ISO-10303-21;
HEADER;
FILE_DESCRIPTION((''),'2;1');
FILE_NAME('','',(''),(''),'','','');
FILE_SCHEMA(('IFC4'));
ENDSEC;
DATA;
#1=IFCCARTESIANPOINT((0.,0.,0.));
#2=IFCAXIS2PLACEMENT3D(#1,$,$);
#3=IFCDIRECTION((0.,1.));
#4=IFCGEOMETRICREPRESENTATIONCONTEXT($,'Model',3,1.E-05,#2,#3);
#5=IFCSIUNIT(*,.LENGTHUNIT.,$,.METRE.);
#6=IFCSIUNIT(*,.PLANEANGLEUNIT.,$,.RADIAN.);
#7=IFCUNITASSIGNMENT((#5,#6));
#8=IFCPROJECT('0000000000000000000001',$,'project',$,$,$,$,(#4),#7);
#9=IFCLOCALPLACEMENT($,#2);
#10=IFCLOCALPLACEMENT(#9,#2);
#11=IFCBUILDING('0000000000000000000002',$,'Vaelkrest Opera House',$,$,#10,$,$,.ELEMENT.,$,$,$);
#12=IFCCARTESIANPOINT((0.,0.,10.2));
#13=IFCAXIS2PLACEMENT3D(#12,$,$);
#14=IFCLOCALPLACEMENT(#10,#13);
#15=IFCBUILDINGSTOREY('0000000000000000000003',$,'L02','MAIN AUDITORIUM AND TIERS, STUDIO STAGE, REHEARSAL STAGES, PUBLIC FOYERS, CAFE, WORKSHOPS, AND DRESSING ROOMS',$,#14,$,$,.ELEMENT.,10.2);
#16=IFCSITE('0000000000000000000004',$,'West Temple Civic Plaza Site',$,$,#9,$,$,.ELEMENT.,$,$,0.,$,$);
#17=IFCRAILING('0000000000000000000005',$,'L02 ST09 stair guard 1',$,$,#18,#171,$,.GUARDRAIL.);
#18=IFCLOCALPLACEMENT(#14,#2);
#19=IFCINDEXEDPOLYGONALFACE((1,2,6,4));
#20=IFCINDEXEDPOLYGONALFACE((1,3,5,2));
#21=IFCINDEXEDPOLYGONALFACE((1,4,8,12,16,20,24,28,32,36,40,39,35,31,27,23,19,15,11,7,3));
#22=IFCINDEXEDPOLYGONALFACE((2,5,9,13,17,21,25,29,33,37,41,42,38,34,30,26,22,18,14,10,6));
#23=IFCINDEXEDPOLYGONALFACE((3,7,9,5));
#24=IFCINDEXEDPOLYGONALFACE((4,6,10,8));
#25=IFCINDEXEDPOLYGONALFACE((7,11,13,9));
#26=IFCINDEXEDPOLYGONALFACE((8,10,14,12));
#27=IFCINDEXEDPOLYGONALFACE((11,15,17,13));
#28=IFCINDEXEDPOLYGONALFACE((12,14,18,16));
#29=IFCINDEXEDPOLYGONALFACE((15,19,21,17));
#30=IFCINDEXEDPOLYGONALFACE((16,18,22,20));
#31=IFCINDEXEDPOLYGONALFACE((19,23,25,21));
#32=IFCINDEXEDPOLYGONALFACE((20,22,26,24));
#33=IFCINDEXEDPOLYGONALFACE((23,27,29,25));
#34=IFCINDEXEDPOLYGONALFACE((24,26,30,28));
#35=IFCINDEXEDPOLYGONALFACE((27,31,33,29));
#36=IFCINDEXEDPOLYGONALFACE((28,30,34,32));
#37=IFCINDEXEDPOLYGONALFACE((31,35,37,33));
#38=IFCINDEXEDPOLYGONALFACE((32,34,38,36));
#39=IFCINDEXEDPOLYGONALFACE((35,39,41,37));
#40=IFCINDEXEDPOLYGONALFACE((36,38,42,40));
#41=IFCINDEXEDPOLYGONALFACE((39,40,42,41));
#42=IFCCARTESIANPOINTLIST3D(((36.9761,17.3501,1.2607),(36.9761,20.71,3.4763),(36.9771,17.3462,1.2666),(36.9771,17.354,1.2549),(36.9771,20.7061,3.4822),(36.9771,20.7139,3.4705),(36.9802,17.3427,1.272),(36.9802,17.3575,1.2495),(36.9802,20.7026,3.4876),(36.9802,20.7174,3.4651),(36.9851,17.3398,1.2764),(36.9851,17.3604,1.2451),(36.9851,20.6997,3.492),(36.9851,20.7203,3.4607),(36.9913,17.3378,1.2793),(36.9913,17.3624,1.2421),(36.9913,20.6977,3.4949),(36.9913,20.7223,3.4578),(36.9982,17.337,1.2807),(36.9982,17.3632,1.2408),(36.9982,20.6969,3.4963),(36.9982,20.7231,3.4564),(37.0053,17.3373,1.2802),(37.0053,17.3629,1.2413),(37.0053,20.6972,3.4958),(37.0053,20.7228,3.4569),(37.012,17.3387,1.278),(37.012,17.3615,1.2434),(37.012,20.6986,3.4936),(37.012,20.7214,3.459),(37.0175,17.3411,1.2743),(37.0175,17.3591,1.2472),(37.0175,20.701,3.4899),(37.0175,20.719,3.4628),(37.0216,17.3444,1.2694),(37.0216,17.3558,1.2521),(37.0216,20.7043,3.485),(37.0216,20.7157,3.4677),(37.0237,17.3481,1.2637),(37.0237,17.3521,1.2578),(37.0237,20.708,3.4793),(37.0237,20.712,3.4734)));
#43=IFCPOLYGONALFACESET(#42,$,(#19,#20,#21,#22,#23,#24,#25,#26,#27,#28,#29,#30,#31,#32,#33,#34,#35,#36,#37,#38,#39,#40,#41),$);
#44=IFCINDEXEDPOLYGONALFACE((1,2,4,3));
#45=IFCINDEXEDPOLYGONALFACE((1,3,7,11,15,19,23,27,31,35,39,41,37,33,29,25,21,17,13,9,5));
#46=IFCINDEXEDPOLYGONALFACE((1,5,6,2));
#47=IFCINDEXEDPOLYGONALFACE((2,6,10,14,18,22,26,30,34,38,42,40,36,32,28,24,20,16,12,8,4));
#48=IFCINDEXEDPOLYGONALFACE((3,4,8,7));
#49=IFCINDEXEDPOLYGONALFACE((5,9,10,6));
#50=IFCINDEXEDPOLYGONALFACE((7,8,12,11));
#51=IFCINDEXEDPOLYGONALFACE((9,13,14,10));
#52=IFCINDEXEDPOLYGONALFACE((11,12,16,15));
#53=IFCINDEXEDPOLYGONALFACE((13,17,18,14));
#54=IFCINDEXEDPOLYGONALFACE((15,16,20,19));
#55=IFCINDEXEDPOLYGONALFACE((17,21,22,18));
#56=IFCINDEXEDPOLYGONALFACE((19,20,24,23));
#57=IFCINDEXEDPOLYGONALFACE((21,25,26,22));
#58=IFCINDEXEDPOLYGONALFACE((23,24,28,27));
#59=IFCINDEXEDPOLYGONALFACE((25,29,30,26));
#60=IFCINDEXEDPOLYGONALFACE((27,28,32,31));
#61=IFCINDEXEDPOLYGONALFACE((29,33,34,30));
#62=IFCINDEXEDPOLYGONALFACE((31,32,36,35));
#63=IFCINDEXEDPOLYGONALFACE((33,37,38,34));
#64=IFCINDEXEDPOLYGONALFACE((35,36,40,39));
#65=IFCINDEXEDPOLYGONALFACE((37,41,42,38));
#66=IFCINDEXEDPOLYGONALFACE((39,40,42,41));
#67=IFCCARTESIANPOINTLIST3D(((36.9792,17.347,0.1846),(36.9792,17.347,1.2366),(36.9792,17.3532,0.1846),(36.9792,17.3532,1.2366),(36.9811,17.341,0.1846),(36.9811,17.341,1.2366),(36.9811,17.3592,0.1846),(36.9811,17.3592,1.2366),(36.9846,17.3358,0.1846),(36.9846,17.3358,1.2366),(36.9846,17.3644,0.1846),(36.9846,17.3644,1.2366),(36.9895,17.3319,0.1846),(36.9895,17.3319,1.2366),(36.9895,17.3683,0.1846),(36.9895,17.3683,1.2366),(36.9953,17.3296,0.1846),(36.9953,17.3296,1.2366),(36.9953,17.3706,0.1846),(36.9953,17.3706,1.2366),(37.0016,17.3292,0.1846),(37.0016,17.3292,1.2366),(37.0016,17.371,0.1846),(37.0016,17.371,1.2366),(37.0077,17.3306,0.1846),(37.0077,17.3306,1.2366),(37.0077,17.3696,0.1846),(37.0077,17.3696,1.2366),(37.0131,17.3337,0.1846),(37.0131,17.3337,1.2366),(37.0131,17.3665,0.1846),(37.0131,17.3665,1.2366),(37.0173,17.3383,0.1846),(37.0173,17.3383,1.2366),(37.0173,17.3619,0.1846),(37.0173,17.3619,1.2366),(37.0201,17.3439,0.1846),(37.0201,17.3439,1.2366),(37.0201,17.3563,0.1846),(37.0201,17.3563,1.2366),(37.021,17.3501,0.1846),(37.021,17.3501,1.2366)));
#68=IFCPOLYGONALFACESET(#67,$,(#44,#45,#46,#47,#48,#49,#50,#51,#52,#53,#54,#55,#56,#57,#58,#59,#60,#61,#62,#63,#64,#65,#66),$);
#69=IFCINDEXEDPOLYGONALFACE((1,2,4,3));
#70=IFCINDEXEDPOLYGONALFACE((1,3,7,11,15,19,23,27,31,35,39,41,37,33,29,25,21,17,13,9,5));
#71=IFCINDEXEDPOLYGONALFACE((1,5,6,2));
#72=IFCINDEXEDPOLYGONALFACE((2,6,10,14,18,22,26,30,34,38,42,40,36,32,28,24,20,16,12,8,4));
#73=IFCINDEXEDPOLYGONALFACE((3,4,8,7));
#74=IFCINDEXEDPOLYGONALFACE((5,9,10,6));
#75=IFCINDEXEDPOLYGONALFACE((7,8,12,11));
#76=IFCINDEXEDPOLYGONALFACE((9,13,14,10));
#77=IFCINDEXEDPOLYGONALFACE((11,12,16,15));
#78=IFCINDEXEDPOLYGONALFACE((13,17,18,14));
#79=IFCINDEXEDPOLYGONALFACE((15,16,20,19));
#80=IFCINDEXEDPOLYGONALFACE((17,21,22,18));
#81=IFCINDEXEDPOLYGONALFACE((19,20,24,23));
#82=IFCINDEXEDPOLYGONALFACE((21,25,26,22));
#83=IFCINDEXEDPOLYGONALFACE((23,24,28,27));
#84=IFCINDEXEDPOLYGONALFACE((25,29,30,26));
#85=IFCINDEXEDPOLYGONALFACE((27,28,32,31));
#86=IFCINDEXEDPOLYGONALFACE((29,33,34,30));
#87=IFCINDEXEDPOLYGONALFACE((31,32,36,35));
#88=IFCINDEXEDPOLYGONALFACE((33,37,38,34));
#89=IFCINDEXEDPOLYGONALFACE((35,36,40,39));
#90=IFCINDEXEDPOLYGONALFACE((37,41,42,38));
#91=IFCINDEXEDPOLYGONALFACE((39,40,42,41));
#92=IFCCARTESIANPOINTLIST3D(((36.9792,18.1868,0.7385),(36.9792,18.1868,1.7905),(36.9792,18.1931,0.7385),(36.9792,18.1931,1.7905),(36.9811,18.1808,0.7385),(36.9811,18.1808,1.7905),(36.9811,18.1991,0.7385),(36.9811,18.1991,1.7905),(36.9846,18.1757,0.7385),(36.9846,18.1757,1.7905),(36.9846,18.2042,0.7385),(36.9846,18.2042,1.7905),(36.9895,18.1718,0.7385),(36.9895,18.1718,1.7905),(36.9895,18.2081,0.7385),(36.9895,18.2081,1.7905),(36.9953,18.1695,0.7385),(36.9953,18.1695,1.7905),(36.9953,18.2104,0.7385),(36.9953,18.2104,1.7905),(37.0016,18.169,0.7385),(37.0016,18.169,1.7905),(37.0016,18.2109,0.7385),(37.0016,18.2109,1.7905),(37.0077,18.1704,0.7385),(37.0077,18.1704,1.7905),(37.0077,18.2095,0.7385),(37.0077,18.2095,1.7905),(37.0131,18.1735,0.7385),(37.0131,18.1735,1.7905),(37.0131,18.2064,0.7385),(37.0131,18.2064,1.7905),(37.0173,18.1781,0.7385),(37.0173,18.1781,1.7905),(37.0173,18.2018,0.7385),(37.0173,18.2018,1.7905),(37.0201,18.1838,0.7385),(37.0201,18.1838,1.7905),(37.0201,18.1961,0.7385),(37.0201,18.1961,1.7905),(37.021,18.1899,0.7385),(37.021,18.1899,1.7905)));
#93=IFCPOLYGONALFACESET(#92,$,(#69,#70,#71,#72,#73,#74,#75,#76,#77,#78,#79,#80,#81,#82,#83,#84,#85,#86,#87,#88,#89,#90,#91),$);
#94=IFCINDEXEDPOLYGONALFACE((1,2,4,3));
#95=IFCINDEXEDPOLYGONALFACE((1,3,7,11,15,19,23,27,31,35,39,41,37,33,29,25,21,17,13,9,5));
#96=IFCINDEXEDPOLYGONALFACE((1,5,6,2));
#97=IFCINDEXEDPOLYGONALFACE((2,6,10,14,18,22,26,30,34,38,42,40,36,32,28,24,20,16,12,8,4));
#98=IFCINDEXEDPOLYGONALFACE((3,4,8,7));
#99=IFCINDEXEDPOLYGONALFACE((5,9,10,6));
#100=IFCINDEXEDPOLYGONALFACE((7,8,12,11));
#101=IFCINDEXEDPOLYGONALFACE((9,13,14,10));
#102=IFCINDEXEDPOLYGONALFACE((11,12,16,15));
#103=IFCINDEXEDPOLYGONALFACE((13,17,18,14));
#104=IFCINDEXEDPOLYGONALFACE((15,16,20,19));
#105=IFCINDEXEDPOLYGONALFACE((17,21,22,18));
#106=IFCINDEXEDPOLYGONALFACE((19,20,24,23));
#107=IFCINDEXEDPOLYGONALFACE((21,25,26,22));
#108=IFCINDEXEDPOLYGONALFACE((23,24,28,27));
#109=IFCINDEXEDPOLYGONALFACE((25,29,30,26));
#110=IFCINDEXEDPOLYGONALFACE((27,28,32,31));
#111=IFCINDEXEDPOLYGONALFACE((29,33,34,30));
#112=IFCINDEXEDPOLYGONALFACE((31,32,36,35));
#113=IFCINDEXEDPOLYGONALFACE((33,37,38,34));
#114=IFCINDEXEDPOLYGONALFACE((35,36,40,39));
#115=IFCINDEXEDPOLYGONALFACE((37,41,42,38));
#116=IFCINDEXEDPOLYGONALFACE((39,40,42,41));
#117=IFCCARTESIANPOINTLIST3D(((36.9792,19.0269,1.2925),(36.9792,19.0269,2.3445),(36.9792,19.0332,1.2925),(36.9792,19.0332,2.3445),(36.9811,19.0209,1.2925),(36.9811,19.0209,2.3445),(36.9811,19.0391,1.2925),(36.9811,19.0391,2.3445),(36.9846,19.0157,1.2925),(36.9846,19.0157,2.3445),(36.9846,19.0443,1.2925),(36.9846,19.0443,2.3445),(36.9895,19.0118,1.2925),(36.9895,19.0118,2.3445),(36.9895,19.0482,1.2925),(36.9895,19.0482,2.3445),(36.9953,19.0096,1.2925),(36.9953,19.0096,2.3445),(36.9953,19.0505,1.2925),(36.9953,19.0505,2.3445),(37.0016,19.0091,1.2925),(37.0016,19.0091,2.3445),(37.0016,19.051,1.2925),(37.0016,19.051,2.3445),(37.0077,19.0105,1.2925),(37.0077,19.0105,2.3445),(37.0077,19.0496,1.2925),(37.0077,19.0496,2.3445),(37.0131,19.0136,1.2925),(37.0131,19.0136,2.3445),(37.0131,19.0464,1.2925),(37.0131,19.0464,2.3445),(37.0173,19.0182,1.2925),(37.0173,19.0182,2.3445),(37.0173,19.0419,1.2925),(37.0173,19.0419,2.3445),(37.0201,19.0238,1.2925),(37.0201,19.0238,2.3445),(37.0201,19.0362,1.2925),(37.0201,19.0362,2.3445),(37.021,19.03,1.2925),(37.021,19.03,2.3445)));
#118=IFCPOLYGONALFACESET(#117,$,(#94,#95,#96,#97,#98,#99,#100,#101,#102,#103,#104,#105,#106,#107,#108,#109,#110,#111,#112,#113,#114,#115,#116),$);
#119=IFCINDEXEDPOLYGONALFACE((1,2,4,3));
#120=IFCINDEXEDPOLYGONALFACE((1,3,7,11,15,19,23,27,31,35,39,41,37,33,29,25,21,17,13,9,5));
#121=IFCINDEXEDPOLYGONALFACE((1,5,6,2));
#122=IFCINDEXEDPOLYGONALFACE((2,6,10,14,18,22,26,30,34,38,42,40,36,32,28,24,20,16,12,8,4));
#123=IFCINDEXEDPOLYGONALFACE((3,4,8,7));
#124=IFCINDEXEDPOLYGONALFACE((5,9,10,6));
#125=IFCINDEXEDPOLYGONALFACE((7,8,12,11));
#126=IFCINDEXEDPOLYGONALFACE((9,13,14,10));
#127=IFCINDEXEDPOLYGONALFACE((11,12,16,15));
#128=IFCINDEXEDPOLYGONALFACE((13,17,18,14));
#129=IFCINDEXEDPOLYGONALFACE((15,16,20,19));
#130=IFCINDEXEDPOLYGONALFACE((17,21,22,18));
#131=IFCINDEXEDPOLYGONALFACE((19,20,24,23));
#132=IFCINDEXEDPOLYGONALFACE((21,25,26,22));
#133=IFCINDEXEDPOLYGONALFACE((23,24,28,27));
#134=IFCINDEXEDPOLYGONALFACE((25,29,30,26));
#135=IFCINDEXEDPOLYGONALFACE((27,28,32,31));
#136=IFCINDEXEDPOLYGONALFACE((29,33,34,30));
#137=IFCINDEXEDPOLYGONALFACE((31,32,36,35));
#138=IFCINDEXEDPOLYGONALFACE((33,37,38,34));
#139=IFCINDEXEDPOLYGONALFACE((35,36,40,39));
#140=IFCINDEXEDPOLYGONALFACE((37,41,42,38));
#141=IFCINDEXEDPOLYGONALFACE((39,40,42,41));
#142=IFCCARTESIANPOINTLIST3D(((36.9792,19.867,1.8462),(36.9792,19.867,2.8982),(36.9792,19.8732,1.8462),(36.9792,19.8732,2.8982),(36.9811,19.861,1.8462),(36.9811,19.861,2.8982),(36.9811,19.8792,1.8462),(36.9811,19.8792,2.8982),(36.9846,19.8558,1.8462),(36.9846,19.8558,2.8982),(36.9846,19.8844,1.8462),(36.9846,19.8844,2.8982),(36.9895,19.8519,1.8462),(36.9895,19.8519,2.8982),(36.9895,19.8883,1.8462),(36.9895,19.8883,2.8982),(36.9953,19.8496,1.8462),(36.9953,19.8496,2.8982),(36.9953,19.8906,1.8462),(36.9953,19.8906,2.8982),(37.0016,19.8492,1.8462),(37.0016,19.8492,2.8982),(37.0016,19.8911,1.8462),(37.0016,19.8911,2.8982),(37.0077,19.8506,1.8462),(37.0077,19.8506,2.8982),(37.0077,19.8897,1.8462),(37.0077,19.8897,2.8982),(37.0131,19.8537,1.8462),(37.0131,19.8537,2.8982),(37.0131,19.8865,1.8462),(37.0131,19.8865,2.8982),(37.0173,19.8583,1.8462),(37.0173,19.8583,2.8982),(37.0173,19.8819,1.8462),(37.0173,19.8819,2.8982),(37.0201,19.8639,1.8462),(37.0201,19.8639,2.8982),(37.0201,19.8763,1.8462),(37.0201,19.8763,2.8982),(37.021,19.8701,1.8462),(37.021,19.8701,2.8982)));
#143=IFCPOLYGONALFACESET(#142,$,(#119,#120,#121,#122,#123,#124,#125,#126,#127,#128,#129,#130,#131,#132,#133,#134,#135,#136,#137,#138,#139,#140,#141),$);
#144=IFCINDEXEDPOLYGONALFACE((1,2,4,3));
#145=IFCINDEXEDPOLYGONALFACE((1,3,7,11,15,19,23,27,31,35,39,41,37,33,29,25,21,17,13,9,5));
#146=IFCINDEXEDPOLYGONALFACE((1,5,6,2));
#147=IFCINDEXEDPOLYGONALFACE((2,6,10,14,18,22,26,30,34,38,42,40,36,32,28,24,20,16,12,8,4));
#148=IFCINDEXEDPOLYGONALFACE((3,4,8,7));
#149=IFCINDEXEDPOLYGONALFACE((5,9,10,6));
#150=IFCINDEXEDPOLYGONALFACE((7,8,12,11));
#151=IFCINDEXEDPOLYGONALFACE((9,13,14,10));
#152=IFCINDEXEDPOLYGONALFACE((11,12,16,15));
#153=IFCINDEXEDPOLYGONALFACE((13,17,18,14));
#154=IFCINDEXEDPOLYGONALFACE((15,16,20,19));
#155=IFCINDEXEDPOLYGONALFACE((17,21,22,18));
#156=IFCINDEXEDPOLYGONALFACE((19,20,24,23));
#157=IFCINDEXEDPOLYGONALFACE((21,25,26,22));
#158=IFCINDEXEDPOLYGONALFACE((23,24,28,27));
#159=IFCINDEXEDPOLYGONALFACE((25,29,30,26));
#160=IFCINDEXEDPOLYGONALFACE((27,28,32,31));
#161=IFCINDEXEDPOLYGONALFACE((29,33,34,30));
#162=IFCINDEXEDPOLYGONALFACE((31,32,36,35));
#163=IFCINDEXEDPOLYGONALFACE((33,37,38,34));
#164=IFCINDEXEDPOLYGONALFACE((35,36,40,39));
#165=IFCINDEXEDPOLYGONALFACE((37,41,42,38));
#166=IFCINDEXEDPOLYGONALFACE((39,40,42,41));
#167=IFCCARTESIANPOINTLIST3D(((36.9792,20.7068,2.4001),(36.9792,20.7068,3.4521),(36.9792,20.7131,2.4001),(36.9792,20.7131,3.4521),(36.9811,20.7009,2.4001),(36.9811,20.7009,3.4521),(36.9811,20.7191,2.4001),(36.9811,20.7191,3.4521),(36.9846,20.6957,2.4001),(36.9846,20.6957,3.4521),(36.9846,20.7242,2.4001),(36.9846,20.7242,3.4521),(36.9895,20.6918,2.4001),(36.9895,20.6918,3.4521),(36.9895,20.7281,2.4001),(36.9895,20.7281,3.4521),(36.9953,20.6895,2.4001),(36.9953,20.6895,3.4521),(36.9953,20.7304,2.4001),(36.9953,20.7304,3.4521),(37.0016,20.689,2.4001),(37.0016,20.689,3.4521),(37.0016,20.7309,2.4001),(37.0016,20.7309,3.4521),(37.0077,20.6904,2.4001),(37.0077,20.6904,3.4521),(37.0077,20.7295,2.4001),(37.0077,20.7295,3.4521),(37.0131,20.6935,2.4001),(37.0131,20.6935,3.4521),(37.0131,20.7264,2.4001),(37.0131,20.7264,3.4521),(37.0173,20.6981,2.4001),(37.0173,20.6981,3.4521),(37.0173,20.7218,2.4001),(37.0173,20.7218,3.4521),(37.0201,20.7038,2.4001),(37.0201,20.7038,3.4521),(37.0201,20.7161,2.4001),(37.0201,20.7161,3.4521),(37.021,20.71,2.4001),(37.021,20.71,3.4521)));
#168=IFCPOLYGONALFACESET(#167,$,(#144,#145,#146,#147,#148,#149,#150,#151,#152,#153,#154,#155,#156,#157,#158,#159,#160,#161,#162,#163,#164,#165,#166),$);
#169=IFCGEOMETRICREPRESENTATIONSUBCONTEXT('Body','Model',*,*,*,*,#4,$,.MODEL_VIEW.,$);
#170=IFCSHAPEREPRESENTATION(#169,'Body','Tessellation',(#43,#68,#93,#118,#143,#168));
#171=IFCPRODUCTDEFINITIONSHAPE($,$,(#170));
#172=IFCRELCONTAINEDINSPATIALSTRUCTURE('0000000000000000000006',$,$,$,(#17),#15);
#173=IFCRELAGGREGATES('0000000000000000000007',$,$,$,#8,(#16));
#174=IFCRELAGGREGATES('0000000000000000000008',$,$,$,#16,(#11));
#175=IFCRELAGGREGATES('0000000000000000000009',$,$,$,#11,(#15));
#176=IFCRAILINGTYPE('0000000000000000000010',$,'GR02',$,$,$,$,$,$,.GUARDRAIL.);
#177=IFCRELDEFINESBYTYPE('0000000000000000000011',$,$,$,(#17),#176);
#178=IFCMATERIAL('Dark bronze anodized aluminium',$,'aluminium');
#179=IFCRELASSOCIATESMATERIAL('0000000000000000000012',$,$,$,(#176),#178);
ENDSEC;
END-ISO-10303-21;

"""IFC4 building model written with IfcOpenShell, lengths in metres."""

from ifc_helpers import new_model, si_unit, direction, frame, origin, origin_2d, place, context, subcontext, project, spatial, circle, extrude, material, type_object, element, save


model = new_model("IFC4")

# Units and contexts
model_context = context("Model", 3, precision=1e-05, world=origin(), true_north=direction((0.0, 1.0)))
body_context = subcontext(model_context, "Body", "Model", "MODEL_VIEW")
ifc_project = project(units=[si_unit("LENGTHUNIT", "METRE"), si_unit("PLANEANGLEUNIT", "RADIAN")], contexts=[model_context])

# Site, building, storey
site_placement = place(None, origin())
site = spatial("IfcSite", under=ifc_project, at=site_placement, Name="West Temple Civic Plaza Site", CompositionType="ELEMENT", RefElevation=0.0)
building_placement = place(site_placement, origin())
building = spatial("IfcBuilding", under=site, at=building_placement, Name="Vaelkrest Opera House", CompositionType="ELEMENT")
storey_placement = place(building_placement, frame((0.0, 0.0, 10.2)))
storey = spatial("IfcBuildingStorey", under=building, at=storey_placement, Name="L02", Description="MAIN AUDITORIUM AND TIERS, STUDIO STAGE, REHEARSAL STAGES, PUBLIC FOYERS, CAFE, WORKSHOPS, AND DRESSING ROOMS", CompositionType="ELEMENT", Elevation=10.2)

# Shared definitions
ifc_material_1 = material(Name="Dark bronze anodized aluminium", Category="aluminium")

# Railing
railing_type_1 = type_object("IfcRailingType", Name="GR02", PredefinedType="GUARDRAIL", material=ifc_material_1)
railing_1_placement = place(storey_placement, frame((37.0, 17.3501, 0.1846)))
element("IfcRailing", 1, at=railing_1_placement, inside=storey, type_object=railing_type_1, Name="L02 ST09 stair guard 1", PredefinedType="GUARDRAIL", context=body_context, shape_type="SweptSolid", body=[
    extrude(circle(Radius=0.0239, at=origin_2d()), frame((0.0, 0.0, 1.0762), z_axis=(0.0, 0.83483, 0.550508), x_axis=(-1.0, 0.0, 0.0)), (0.0, 0.0, 1.0), 4.0247),
    extrude(circle(Radius=0.021, at=origin_2d()), origin(), (0.0, 0.0, 1.0), 1.052),
    extrude(circle(Radius=0.021, at=origin_2d()), frame((0.0, 0.8398, 0.554)), (0.0, 0.0, 1.0), 1.052),
    extrude(circle(Radius=0.021, at=origin_2d()), frame((0.0, 1.6799, 1.1079)), (0.0, 0.0, 1.0), 1.052),
    extrude(circle(Radius=0.021, at=origin_2d()), frame((0.0, 2.52, 1.6616)), (0.0, 0.0, 1.0), 1.052),
    extrude(circle(Radius=0.021, at=origin_2d()), frame((0.0, 3.3599, 2.2156)), (0.0, 0.0, 1.0), 1.052),
])

save(model, "model.ifc")
